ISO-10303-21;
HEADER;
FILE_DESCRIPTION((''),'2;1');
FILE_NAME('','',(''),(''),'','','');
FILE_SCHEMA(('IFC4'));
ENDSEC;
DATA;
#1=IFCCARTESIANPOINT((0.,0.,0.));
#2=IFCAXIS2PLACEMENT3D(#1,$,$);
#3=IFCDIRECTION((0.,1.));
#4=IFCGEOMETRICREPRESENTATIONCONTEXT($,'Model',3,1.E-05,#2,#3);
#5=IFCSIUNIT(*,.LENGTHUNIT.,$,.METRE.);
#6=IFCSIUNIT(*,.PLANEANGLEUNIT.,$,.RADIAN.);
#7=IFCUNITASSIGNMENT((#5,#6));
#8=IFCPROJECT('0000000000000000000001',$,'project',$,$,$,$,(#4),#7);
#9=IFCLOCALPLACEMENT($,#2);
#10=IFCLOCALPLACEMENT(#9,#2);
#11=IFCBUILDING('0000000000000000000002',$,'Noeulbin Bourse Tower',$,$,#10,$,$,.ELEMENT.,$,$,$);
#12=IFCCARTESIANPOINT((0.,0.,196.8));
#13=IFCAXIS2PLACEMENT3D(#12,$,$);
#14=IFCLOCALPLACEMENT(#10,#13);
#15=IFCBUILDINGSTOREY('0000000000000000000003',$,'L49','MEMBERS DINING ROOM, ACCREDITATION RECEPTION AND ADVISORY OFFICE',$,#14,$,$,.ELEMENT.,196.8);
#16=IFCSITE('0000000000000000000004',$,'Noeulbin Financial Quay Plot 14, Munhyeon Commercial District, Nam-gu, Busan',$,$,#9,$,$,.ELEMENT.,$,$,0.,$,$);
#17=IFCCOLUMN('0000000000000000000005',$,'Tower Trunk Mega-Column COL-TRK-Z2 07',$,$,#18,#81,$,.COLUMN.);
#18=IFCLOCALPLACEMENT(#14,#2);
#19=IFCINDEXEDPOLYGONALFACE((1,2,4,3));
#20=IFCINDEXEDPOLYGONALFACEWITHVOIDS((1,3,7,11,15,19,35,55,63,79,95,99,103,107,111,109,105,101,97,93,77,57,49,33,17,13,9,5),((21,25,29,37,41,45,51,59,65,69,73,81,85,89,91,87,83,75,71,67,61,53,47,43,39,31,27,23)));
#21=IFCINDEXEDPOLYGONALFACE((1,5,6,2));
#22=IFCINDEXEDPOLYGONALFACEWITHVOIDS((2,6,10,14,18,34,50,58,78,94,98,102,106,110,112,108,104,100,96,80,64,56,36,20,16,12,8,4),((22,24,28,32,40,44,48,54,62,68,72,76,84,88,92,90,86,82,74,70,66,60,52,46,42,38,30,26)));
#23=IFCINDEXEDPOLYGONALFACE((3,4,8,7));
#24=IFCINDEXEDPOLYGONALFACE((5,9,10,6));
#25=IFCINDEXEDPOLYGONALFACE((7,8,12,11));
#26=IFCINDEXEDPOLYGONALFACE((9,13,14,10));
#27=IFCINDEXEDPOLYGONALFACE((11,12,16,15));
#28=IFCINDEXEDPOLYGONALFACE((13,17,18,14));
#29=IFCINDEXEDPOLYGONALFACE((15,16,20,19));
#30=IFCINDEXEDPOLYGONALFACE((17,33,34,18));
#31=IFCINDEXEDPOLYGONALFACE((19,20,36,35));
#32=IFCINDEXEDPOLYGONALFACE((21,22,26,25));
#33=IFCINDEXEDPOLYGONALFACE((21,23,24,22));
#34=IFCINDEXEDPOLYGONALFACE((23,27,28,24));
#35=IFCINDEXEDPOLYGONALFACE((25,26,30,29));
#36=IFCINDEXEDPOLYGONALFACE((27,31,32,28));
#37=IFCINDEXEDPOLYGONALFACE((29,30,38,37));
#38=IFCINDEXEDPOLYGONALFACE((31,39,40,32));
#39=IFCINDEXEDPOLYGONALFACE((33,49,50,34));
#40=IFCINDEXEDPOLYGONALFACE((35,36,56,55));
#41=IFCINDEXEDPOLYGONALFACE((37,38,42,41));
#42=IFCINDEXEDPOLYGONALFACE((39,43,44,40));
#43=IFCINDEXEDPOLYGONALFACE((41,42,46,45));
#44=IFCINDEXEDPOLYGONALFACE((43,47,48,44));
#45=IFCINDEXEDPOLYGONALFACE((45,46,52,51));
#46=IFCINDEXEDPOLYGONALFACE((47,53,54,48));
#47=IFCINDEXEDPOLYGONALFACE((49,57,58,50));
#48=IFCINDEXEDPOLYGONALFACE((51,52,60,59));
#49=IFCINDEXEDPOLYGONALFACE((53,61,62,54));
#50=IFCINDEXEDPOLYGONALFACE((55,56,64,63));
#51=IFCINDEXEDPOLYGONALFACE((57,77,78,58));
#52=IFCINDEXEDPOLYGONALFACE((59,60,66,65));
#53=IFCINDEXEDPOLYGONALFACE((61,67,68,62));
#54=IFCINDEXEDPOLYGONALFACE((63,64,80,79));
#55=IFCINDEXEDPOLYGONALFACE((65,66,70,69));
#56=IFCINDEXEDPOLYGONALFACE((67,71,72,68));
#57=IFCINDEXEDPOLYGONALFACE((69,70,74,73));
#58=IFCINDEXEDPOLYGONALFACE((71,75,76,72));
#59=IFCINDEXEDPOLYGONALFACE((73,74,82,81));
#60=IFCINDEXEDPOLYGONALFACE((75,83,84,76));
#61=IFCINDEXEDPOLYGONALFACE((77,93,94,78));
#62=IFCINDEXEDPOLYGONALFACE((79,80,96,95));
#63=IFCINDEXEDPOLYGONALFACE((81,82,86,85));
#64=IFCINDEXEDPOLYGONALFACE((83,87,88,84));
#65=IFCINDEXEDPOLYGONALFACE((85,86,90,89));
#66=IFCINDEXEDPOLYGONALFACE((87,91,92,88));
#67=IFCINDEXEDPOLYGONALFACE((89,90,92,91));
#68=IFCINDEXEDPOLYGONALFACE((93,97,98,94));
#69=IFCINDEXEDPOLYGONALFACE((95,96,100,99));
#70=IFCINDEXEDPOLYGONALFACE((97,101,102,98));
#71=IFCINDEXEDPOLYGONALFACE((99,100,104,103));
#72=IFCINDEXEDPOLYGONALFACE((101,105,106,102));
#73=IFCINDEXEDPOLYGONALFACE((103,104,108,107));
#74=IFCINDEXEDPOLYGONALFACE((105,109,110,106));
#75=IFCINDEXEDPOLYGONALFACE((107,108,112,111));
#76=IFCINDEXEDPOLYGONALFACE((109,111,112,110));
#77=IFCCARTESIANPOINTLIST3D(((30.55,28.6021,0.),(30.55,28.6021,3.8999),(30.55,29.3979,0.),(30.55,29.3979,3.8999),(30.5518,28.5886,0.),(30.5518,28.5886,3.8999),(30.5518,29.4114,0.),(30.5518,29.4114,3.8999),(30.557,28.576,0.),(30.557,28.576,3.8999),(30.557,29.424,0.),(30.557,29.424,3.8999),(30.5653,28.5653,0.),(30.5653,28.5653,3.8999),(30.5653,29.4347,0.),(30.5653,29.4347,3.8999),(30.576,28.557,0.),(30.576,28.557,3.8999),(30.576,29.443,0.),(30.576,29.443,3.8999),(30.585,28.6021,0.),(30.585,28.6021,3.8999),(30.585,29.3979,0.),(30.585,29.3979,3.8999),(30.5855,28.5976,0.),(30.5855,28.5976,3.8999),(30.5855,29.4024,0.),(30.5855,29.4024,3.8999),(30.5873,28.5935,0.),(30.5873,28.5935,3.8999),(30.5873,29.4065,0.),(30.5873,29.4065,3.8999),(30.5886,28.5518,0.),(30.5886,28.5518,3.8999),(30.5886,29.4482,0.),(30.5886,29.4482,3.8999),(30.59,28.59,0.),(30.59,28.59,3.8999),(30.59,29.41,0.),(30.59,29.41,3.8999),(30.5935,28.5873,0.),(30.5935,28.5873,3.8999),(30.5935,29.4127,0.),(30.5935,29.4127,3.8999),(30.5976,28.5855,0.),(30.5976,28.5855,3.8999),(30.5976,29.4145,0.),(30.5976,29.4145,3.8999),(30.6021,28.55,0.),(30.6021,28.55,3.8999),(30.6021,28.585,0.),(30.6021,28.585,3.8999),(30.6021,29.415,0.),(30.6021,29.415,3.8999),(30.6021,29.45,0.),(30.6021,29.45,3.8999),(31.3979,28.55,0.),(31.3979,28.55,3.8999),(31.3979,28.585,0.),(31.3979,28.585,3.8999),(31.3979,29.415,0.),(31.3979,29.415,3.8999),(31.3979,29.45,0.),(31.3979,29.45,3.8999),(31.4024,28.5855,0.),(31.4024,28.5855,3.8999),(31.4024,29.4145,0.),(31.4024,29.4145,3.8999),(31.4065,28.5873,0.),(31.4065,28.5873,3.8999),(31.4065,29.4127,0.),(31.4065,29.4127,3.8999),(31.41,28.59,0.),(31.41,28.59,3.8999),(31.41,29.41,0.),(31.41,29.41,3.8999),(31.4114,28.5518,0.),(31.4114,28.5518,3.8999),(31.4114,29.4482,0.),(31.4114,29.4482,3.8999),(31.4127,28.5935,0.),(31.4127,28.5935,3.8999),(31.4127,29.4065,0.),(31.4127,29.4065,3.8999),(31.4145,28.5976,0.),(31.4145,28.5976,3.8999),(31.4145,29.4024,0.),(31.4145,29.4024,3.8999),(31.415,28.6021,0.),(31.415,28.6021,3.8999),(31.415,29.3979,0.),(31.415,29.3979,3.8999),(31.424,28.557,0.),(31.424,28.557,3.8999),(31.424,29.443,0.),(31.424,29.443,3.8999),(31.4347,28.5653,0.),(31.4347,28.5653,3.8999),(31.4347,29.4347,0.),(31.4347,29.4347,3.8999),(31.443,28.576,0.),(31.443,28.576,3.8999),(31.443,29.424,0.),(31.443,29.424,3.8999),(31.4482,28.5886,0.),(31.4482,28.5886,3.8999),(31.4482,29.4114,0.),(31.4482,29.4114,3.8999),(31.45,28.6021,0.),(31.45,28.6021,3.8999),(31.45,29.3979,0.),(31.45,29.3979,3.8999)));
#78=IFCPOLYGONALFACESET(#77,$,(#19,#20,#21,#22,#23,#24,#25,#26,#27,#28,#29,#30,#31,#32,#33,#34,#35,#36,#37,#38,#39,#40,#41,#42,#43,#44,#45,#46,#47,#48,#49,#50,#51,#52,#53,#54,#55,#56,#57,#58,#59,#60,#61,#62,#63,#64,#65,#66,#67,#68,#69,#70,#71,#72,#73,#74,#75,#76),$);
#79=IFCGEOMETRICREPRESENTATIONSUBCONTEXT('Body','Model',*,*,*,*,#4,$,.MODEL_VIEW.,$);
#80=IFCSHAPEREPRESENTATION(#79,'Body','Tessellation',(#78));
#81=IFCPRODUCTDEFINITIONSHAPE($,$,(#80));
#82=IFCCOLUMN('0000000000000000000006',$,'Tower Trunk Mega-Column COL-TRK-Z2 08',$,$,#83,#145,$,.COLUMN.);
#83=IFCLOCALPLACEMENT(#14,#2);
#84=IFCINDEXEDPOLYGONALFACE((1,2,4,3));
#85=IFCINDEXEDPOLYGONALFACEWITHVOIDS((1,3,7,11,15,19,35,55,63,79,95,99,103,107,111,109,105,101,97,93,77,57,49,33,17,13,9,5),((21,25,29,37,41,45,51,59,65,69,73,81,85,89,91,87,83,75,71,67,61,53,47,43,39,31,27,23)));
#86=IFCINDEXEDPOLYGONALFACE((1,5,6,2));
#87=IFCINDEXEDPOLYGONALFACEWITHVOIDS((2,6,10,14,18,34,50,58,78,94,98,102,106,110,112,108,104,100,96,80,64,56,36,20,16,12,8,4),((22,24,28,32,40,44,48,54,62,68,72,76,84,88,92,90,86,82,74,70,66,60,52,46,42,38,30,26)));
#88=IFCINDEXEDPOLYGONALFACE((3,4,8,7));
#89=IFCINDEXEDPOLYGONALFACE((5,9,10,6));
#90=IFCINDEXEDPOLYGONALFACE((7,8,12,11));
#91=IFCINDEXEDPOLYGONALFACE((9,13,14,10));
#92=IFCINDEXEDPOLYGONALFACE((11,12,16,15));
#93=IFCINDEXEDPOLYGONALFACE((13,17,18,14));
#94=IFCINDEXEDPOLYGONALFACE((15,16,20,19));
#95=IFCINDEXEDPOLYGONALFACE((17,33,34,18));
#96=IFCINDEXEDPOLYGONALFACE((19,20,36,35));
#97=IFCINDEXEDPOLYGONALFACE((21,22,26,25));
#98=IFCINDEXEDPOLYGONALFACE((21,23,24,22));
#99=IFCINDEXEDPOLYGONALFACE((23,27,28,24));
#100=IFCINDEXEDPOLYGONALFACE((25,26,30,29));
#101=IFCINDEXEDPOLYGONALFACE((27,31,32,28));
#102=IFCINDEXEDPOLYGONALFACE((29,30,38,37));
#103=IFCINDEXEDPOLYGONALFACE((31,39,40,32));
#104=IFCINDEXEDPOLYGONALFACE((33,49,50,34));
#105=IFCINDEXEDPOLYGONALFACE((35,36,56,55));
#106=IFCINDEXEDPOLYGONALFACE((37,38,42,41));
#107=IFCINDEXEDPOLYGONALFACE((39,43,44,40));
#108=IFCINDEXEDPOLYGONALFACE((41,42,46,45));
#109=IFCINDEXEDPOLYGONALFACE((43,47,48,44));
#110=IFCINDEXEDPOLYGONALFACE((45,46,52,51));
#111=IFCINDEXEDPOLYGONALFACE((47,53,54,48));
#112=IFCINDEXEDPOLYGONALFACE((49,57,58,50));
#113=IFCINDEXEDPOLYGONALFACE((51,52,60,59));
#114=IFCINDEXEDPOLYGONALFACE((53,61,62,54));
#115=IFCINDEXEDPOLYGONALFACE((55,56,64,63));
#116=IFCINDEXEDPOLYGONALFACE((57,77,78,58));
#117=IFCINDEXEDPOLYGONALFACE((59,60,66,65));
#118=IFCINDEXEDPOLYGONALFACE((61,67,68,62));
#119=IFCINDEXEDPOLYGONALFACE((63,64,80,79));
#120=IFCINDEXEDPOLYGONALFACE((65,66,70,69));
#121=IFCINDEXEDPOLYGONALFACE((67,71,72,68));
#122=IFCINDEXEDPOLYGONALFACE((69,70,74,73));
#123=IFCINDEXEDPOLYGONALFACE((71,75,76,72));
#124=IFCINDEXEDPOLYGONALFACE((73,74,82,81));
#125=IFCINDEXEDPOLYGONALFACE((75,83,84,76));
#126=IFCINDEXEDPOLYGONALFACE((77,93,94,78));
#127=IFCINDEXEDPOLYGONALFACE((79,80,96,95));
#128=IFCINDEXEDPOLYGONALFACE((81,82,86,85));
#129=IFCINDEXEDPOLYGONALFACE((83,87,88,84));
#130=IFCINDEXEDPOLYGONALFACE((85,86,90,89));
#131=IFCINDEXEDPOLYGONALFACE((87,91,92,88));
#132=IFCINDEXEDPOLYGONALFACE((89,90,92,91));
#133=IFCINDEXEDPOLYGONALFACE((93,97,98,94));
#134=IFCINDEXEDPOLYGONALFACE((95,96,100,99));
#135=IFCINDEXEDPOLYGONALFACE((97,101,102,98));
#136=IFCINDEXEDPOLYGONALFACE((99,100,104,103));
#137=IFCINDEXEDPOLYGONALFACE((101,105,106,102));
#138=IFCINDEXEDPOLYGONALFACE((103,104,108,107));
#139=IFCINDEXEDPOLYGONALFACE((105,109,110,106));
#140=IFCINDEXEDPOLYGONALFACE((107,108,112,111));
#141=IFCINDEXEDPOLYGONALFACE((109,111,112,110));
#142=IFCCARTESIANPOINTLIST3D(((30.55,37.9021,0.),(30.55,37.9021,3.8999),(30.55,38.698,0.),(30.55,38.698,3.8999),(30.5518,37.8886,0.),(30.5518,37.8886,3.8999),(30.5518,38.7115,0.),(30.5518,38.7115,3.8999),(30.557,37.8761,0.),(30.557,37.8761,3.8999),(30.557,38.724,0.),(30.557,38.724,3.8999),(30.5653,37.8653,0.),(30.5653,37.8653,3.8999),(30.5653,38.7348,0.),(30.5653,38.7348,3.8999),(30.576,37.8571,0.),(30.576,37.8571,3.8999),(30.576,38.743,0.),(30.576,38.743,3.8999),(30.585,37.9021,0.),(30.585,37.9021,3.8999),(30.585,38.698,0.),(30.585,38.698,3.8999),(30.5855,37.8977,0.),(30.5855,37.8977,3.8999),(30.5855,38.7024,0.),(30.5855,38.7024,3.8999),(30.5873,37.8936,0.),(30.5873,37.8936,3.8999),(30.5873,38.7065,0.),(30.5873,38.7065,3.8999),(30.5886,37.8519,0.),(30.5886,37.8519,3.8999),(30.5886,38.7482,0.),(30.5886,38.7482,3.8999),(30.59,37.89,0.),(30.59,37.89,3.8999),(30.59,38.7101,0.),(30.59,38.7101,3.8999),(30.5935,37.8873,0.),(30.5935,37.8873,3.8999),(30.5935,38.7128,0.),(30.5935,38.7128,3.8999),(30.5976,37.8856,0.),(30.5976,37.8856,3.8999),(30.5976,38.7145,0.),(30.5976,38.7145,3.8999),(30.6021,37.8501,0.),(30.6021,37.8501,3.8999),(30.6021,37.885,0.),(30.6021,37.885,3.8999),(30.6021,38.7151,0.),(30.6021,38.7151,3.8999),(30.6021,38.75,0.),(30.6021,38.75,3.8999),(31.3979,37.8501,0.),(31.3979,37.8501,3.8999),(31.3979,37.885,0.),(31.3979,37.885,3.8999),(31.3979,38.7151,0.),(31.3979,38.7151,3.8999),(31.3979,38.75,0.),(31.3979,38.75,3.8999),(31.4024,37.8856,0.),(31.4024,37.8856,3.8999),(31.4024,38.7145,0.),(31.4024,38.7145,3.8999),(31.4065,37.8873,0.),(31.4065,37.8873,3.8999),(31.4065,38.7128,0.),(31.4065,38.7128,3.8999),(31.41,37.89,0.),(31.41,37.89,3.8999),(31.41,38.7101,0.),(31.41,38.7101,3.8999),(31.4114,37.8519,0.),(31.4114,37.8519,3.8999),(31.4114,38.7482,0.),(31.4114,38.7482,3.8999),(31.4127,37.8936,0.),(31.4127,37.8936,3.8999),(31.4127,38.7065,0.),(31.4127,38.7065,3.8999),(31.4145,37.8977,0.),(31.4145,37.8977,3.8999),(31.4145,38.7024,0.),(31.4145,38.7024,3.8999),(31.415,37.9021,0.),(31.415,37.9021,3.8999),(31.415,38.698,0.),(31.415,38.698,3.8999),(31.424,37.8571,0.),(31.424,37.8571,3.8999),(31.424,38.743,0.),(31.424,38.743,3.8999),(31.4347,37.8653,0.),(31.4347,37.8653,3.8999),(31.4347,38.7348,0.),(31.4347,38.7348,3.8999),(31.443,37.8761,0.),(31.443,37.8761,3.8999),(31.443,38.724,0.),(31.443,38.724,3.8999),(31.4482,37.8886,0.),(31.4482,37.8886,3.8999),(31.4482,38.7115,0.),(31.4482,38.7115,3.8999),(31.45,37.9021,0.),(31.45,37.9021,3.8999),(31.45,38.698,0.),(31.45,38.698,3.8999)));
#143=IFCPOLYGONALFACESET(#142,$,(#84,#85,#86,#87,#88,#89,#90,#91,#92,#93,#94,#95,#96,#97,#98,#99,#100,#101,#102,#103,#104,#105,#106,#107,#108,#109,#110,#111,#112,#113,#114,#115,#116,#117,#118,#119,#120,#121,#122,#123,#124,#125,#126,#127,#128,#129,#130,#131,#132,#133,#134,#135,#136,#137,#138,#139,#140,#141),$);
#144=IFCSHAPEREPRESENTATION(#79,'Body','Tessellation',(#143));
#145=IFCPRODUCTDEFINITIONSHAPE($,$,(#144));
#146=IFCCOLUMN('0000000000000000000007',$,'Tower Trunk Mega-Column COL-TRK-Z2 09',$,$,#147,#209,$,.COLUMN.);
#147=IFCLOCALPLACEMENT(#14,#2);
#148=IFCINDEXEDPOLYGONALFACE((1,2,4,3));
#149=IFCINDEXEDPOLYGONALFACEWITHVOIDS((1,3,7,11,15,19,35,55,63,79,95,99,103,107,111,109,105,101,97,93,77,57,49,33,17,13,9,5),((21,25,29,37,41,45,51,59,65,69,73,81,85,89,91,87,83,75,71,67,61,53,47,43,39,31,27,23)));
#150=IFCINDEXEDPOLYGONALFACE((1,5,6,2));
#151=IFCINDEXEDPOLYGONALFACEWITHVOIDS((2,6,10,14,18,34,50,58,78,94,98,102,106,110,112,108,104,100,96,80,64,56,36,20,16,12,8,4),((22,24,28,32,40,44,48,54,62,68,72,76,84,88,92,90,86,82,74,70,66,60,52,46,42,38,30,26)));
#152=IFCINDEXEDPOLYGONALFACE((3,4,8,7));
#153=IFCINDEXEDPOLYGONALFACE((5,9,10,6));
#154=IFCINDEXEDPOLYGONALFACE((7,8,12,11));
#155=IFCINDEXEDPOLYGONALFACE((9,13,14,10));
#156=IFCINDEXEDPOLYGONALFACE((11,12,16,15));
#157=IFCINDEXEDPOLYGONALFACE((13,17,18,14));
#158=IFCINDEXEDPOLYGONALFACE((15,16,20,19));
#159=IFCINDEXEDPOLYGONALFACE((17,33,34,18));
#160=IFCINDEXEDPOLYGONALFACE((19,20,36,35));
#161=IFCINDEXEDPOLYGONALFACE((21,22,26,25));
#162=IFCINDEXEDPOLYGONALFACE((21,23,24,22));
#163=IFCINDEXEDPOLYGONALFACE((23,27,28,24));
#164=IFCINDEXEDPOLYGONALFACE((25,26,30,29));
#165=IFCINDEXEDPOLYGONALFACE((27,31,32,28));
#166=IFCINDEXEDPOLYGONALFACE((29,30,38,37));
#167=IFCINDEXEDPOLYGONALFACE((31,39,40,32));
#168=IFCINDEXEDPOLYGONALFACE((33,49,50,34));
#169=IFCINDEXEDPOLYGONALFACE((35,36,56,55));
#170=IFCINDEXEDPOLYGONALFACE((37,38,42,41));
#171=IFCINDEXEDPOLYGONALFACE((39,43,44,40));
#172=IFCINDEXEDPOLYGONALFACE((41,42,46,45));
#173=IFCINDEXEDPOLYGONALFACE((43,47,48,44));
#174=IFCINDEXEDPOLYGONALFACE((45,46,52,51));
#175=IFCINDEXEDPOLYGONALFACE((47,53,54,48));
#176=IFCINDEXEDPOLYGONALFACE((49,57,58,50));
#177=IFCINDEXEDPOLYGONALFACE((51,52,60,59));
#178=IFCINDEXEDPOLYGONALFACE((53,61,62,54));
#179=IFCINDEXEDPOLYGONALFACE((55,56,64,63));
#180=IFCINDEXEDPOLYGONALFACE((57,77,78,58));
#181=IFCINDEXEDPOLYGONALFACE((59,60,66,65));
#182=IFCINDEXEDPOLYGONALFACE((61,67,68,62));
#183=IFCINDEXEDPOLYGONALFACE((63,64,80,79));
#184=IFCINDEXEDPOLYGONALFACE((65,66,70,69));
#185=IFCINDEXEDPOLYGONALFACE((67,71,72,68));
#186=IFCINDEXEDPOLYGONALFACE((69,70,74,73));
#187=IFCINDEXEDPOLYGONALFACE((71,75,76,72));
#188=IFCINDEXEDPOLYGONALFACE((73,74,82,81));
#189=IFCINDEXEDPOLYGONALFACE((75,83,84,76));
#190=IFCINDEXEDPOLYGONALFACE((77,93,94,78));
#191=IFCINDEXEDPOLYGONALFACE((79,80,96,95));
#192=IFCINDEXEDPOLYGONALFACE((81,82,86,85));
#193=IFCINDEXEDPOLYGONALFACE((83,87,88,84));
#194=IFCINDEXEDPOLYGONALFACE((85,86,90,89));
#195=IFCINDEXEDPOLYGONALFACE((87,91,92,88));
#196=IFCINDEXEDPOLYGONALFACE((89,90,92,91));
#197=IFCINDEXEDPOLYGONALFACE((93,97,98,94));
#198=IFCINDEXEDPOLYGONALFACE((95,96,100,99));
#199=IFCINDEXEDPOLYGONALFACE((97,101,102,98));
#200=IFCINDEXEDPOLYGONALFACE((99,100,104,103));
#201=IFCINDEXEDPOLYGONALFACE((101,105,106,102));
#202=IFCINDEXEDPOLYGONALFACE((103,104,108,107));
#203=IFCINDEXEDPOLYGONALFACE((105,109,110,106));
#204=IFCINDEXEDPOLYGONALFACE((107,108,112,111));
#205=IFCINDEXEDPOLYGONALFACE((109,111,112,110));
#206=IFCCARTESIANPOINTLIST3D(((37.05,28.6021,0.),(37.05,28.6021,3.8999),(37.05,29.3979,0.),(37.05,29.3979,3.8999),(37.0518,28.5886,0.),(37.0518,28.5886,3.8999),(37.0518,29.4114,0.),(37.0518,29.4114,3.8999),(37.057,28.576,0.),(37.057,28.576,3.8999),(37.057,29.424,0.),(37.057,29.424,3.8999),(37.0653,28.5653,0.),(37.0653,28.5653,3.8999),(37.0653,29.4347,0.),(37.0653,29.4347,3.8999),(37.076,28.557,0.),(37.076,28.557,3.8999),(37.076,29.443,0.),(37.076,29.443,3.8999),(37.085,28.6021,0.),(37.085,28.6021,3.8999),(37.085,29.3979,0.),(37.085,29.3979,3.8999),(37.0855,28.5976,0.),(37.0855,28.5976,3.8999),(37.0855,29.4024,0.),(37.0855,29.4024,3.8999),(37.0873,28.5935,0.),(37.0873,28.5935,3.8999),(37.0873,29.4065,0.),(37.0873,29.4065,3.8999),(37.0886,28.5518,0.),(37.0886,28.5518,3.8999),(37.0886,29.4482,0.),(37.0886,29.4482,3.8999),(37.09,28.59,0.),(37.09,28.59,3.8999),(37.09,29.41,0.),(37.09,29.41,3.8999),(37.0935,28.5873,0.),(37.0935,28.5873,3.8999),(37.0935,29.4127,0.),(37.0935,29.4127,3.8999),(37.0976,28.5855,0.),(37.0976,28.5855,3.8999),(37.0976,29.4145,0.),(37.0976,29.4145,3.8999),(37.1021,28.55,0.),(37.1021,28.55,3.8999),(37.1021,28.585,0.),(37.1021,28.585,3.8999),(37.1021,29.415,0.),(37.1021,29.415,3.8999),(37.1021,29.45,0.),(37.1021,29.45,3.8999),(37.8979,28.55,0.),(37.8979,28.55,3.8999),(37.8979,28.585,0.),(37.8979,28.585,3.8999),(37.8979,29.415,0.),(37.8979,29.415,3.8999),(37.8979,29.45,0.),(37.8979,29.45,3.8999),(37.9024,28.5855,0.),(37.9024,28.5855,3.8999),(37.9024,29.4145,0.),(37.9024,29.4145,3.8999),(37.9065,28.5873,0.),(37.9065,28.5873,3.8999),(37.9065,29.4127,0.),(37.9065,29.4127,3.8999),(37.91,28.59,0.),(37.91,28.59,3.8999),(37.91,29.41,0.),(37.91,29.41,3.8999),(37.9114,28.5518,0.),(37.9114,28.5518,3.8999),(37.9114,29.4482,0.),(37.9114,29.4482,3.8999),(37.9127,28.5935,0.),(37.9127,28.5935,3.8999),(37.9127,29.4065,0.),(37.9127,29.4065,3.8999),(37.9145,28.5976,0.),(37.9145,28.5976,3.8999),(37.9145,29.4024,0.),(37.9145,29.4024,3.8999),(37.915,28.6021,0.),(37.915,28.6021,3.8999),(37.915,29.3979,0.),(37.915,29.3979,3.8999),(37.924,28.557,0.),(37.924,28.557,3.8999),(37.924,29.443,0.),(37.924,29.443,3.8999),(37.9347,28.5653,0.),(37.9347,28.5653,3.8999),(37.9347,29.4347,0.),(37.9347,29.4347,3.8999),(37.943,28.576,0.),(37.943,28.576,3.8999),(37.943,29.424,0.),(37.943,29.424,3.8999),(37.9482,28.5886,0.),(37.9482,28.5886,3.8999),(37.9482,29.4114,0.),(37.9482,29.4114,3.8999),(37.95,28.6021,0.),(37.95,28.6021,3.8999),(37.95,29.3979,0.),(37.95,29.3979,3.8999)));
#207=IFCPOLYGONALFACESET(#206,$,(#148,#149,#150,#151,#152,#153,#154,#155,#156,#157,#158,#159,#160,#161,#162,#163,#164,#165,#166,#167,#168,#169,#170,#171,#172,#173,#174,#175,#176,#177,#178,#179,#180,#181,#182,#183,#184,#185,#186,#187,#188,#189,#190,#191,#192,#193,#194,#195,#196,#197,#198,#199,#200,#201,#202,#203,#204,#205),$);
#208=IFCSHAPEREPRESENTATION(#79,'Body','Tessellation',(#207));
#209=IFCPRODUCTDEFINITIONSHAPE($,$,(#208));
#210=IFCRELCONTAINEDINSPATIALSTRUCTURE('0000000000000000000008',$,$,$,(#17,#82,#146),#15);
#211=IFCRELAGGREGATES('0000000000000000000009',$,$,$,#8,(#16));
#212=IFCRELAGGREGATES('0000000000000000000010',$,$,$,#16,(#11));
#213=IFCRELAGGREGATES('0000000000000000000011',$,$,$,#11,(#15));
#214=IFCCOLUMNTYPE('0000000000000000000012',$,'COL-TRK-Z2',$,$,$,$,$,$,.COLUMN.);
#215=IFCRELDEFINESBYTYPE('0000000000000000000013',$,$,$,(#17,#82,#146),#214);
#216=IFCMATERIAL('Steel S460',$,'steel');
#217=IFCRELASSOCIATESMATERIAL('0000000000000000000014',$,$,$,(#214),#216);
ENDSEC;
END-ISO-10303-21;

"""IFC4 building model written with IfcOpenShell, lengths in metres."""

from ifc_helpers import new_model, si_unit, direction, frame, origin, origin_2d, place, context, subcontext, project, spatial, hollow_rectangle, extrude, material, material_profile, profile_set, type_object, element, save


model = new_model("IFC4")

# Units and contexts
model_context = context("Model", 3, precision=1e-05, world=origin(), true_north=direction((0.0, 1.0)))
body_context = subcontext(model_context, "Body", "Model", "MODEL_VIEW")
ifc_project = project(units=[si_unit("LENGTHUNIT", "METRE"), si_unit("PLANEANGLEUNIT", "RADIAN")], contexts=[model_context])

# Site, building, storey
site_placement = place(None, origin())
site = spatial("IfcSite", under=ifc_project, at=site_placement, Name="Noeulbin Financial Quay Plot 14, Munhyeon Commercial District, Nam-gu, Busan", CompositionType="ELEMENT", RefElevation=0.0)
building_placement = place(site_placement, origin())
building = spatial("IfcBuilding", under=site, at=building_placement, Name="Noeulbin Bourse Tower", CompositionType="ELEMENT")
storey_placement = place(building_placement, frame((0.0, 0.0, 196.8)))
storey = spatial("IfcBuildingStorey", under=building, at=storey_placement, Name="L49", Description="MEMBERS DINING ROOM, ACCREDITATION RECEPTION AND ADVISORY OFFICE", CompositionType="ELEMENT", Elevation=196.8)

# Columns
ifc_material_1 = material(Name="Steel S460", Category="steel")
ifc_material_profile_1 = material_profile(ifc_material_1, hollow_rectangle(XDim=0.8999, YDim=0.8999, WallThickness=0.0349, InnerFilletRadius=0.0171, OuterFilletRadius=0.052, at=origin_2d()), Name="BOX-900x900x35", Category="LoadBearing")
ifc_profile_set_1 = profile_set([ifc_material_profile_1], Name="Steel S460")
column_type = type_object("IfcColumnType", Name="COL-TRK-Z2", PredefinedType="COLUMN", material=ifc_profile_set_1)
for number, where, z_axis, x_axis, name in (
    (1, (31.0, 29.0, 0.0), (0.0, 0.0, 1.0), (1.0, 0.0, 0.0), "Tower Trunk Mega-Column COL-TRK-Z2 07"),
    (2, (31.0, 38.3, 0.0), (0.0, 0.0, 1.0), (1.0, 0.0, 0.0), "Tower Trunk Mega-Column COL-TRK-Z2 08"),
    (3, (37.5, 29.0, 0.0), (0.0, 0.0, 1.0), (1.0, 0.0, 0.0), "Tower Trunk Mega-Column COL-TRK-Z2 09"),
):
    element("IfcColumn", number, at=place(storey_placement, frame(where, z_axis=z_axis, x_axis=x_axis)), inside=storey, type_object=column_type, Name=name, PredefinedType="COLUMN", context=body_context, shape_type="SweptSolid", body=[
        extrude(hollow_rectangle(XDim=0.8999, YDim=0.8999, WallThickness=0.0349, InnerFilletRadius=0.0171, OuterFilletRadius=0.052, at=origin_2d()), origin(), (0.0, 0.0, 1.0), 3.8999),
    ])

save(model, "model.ifc")
